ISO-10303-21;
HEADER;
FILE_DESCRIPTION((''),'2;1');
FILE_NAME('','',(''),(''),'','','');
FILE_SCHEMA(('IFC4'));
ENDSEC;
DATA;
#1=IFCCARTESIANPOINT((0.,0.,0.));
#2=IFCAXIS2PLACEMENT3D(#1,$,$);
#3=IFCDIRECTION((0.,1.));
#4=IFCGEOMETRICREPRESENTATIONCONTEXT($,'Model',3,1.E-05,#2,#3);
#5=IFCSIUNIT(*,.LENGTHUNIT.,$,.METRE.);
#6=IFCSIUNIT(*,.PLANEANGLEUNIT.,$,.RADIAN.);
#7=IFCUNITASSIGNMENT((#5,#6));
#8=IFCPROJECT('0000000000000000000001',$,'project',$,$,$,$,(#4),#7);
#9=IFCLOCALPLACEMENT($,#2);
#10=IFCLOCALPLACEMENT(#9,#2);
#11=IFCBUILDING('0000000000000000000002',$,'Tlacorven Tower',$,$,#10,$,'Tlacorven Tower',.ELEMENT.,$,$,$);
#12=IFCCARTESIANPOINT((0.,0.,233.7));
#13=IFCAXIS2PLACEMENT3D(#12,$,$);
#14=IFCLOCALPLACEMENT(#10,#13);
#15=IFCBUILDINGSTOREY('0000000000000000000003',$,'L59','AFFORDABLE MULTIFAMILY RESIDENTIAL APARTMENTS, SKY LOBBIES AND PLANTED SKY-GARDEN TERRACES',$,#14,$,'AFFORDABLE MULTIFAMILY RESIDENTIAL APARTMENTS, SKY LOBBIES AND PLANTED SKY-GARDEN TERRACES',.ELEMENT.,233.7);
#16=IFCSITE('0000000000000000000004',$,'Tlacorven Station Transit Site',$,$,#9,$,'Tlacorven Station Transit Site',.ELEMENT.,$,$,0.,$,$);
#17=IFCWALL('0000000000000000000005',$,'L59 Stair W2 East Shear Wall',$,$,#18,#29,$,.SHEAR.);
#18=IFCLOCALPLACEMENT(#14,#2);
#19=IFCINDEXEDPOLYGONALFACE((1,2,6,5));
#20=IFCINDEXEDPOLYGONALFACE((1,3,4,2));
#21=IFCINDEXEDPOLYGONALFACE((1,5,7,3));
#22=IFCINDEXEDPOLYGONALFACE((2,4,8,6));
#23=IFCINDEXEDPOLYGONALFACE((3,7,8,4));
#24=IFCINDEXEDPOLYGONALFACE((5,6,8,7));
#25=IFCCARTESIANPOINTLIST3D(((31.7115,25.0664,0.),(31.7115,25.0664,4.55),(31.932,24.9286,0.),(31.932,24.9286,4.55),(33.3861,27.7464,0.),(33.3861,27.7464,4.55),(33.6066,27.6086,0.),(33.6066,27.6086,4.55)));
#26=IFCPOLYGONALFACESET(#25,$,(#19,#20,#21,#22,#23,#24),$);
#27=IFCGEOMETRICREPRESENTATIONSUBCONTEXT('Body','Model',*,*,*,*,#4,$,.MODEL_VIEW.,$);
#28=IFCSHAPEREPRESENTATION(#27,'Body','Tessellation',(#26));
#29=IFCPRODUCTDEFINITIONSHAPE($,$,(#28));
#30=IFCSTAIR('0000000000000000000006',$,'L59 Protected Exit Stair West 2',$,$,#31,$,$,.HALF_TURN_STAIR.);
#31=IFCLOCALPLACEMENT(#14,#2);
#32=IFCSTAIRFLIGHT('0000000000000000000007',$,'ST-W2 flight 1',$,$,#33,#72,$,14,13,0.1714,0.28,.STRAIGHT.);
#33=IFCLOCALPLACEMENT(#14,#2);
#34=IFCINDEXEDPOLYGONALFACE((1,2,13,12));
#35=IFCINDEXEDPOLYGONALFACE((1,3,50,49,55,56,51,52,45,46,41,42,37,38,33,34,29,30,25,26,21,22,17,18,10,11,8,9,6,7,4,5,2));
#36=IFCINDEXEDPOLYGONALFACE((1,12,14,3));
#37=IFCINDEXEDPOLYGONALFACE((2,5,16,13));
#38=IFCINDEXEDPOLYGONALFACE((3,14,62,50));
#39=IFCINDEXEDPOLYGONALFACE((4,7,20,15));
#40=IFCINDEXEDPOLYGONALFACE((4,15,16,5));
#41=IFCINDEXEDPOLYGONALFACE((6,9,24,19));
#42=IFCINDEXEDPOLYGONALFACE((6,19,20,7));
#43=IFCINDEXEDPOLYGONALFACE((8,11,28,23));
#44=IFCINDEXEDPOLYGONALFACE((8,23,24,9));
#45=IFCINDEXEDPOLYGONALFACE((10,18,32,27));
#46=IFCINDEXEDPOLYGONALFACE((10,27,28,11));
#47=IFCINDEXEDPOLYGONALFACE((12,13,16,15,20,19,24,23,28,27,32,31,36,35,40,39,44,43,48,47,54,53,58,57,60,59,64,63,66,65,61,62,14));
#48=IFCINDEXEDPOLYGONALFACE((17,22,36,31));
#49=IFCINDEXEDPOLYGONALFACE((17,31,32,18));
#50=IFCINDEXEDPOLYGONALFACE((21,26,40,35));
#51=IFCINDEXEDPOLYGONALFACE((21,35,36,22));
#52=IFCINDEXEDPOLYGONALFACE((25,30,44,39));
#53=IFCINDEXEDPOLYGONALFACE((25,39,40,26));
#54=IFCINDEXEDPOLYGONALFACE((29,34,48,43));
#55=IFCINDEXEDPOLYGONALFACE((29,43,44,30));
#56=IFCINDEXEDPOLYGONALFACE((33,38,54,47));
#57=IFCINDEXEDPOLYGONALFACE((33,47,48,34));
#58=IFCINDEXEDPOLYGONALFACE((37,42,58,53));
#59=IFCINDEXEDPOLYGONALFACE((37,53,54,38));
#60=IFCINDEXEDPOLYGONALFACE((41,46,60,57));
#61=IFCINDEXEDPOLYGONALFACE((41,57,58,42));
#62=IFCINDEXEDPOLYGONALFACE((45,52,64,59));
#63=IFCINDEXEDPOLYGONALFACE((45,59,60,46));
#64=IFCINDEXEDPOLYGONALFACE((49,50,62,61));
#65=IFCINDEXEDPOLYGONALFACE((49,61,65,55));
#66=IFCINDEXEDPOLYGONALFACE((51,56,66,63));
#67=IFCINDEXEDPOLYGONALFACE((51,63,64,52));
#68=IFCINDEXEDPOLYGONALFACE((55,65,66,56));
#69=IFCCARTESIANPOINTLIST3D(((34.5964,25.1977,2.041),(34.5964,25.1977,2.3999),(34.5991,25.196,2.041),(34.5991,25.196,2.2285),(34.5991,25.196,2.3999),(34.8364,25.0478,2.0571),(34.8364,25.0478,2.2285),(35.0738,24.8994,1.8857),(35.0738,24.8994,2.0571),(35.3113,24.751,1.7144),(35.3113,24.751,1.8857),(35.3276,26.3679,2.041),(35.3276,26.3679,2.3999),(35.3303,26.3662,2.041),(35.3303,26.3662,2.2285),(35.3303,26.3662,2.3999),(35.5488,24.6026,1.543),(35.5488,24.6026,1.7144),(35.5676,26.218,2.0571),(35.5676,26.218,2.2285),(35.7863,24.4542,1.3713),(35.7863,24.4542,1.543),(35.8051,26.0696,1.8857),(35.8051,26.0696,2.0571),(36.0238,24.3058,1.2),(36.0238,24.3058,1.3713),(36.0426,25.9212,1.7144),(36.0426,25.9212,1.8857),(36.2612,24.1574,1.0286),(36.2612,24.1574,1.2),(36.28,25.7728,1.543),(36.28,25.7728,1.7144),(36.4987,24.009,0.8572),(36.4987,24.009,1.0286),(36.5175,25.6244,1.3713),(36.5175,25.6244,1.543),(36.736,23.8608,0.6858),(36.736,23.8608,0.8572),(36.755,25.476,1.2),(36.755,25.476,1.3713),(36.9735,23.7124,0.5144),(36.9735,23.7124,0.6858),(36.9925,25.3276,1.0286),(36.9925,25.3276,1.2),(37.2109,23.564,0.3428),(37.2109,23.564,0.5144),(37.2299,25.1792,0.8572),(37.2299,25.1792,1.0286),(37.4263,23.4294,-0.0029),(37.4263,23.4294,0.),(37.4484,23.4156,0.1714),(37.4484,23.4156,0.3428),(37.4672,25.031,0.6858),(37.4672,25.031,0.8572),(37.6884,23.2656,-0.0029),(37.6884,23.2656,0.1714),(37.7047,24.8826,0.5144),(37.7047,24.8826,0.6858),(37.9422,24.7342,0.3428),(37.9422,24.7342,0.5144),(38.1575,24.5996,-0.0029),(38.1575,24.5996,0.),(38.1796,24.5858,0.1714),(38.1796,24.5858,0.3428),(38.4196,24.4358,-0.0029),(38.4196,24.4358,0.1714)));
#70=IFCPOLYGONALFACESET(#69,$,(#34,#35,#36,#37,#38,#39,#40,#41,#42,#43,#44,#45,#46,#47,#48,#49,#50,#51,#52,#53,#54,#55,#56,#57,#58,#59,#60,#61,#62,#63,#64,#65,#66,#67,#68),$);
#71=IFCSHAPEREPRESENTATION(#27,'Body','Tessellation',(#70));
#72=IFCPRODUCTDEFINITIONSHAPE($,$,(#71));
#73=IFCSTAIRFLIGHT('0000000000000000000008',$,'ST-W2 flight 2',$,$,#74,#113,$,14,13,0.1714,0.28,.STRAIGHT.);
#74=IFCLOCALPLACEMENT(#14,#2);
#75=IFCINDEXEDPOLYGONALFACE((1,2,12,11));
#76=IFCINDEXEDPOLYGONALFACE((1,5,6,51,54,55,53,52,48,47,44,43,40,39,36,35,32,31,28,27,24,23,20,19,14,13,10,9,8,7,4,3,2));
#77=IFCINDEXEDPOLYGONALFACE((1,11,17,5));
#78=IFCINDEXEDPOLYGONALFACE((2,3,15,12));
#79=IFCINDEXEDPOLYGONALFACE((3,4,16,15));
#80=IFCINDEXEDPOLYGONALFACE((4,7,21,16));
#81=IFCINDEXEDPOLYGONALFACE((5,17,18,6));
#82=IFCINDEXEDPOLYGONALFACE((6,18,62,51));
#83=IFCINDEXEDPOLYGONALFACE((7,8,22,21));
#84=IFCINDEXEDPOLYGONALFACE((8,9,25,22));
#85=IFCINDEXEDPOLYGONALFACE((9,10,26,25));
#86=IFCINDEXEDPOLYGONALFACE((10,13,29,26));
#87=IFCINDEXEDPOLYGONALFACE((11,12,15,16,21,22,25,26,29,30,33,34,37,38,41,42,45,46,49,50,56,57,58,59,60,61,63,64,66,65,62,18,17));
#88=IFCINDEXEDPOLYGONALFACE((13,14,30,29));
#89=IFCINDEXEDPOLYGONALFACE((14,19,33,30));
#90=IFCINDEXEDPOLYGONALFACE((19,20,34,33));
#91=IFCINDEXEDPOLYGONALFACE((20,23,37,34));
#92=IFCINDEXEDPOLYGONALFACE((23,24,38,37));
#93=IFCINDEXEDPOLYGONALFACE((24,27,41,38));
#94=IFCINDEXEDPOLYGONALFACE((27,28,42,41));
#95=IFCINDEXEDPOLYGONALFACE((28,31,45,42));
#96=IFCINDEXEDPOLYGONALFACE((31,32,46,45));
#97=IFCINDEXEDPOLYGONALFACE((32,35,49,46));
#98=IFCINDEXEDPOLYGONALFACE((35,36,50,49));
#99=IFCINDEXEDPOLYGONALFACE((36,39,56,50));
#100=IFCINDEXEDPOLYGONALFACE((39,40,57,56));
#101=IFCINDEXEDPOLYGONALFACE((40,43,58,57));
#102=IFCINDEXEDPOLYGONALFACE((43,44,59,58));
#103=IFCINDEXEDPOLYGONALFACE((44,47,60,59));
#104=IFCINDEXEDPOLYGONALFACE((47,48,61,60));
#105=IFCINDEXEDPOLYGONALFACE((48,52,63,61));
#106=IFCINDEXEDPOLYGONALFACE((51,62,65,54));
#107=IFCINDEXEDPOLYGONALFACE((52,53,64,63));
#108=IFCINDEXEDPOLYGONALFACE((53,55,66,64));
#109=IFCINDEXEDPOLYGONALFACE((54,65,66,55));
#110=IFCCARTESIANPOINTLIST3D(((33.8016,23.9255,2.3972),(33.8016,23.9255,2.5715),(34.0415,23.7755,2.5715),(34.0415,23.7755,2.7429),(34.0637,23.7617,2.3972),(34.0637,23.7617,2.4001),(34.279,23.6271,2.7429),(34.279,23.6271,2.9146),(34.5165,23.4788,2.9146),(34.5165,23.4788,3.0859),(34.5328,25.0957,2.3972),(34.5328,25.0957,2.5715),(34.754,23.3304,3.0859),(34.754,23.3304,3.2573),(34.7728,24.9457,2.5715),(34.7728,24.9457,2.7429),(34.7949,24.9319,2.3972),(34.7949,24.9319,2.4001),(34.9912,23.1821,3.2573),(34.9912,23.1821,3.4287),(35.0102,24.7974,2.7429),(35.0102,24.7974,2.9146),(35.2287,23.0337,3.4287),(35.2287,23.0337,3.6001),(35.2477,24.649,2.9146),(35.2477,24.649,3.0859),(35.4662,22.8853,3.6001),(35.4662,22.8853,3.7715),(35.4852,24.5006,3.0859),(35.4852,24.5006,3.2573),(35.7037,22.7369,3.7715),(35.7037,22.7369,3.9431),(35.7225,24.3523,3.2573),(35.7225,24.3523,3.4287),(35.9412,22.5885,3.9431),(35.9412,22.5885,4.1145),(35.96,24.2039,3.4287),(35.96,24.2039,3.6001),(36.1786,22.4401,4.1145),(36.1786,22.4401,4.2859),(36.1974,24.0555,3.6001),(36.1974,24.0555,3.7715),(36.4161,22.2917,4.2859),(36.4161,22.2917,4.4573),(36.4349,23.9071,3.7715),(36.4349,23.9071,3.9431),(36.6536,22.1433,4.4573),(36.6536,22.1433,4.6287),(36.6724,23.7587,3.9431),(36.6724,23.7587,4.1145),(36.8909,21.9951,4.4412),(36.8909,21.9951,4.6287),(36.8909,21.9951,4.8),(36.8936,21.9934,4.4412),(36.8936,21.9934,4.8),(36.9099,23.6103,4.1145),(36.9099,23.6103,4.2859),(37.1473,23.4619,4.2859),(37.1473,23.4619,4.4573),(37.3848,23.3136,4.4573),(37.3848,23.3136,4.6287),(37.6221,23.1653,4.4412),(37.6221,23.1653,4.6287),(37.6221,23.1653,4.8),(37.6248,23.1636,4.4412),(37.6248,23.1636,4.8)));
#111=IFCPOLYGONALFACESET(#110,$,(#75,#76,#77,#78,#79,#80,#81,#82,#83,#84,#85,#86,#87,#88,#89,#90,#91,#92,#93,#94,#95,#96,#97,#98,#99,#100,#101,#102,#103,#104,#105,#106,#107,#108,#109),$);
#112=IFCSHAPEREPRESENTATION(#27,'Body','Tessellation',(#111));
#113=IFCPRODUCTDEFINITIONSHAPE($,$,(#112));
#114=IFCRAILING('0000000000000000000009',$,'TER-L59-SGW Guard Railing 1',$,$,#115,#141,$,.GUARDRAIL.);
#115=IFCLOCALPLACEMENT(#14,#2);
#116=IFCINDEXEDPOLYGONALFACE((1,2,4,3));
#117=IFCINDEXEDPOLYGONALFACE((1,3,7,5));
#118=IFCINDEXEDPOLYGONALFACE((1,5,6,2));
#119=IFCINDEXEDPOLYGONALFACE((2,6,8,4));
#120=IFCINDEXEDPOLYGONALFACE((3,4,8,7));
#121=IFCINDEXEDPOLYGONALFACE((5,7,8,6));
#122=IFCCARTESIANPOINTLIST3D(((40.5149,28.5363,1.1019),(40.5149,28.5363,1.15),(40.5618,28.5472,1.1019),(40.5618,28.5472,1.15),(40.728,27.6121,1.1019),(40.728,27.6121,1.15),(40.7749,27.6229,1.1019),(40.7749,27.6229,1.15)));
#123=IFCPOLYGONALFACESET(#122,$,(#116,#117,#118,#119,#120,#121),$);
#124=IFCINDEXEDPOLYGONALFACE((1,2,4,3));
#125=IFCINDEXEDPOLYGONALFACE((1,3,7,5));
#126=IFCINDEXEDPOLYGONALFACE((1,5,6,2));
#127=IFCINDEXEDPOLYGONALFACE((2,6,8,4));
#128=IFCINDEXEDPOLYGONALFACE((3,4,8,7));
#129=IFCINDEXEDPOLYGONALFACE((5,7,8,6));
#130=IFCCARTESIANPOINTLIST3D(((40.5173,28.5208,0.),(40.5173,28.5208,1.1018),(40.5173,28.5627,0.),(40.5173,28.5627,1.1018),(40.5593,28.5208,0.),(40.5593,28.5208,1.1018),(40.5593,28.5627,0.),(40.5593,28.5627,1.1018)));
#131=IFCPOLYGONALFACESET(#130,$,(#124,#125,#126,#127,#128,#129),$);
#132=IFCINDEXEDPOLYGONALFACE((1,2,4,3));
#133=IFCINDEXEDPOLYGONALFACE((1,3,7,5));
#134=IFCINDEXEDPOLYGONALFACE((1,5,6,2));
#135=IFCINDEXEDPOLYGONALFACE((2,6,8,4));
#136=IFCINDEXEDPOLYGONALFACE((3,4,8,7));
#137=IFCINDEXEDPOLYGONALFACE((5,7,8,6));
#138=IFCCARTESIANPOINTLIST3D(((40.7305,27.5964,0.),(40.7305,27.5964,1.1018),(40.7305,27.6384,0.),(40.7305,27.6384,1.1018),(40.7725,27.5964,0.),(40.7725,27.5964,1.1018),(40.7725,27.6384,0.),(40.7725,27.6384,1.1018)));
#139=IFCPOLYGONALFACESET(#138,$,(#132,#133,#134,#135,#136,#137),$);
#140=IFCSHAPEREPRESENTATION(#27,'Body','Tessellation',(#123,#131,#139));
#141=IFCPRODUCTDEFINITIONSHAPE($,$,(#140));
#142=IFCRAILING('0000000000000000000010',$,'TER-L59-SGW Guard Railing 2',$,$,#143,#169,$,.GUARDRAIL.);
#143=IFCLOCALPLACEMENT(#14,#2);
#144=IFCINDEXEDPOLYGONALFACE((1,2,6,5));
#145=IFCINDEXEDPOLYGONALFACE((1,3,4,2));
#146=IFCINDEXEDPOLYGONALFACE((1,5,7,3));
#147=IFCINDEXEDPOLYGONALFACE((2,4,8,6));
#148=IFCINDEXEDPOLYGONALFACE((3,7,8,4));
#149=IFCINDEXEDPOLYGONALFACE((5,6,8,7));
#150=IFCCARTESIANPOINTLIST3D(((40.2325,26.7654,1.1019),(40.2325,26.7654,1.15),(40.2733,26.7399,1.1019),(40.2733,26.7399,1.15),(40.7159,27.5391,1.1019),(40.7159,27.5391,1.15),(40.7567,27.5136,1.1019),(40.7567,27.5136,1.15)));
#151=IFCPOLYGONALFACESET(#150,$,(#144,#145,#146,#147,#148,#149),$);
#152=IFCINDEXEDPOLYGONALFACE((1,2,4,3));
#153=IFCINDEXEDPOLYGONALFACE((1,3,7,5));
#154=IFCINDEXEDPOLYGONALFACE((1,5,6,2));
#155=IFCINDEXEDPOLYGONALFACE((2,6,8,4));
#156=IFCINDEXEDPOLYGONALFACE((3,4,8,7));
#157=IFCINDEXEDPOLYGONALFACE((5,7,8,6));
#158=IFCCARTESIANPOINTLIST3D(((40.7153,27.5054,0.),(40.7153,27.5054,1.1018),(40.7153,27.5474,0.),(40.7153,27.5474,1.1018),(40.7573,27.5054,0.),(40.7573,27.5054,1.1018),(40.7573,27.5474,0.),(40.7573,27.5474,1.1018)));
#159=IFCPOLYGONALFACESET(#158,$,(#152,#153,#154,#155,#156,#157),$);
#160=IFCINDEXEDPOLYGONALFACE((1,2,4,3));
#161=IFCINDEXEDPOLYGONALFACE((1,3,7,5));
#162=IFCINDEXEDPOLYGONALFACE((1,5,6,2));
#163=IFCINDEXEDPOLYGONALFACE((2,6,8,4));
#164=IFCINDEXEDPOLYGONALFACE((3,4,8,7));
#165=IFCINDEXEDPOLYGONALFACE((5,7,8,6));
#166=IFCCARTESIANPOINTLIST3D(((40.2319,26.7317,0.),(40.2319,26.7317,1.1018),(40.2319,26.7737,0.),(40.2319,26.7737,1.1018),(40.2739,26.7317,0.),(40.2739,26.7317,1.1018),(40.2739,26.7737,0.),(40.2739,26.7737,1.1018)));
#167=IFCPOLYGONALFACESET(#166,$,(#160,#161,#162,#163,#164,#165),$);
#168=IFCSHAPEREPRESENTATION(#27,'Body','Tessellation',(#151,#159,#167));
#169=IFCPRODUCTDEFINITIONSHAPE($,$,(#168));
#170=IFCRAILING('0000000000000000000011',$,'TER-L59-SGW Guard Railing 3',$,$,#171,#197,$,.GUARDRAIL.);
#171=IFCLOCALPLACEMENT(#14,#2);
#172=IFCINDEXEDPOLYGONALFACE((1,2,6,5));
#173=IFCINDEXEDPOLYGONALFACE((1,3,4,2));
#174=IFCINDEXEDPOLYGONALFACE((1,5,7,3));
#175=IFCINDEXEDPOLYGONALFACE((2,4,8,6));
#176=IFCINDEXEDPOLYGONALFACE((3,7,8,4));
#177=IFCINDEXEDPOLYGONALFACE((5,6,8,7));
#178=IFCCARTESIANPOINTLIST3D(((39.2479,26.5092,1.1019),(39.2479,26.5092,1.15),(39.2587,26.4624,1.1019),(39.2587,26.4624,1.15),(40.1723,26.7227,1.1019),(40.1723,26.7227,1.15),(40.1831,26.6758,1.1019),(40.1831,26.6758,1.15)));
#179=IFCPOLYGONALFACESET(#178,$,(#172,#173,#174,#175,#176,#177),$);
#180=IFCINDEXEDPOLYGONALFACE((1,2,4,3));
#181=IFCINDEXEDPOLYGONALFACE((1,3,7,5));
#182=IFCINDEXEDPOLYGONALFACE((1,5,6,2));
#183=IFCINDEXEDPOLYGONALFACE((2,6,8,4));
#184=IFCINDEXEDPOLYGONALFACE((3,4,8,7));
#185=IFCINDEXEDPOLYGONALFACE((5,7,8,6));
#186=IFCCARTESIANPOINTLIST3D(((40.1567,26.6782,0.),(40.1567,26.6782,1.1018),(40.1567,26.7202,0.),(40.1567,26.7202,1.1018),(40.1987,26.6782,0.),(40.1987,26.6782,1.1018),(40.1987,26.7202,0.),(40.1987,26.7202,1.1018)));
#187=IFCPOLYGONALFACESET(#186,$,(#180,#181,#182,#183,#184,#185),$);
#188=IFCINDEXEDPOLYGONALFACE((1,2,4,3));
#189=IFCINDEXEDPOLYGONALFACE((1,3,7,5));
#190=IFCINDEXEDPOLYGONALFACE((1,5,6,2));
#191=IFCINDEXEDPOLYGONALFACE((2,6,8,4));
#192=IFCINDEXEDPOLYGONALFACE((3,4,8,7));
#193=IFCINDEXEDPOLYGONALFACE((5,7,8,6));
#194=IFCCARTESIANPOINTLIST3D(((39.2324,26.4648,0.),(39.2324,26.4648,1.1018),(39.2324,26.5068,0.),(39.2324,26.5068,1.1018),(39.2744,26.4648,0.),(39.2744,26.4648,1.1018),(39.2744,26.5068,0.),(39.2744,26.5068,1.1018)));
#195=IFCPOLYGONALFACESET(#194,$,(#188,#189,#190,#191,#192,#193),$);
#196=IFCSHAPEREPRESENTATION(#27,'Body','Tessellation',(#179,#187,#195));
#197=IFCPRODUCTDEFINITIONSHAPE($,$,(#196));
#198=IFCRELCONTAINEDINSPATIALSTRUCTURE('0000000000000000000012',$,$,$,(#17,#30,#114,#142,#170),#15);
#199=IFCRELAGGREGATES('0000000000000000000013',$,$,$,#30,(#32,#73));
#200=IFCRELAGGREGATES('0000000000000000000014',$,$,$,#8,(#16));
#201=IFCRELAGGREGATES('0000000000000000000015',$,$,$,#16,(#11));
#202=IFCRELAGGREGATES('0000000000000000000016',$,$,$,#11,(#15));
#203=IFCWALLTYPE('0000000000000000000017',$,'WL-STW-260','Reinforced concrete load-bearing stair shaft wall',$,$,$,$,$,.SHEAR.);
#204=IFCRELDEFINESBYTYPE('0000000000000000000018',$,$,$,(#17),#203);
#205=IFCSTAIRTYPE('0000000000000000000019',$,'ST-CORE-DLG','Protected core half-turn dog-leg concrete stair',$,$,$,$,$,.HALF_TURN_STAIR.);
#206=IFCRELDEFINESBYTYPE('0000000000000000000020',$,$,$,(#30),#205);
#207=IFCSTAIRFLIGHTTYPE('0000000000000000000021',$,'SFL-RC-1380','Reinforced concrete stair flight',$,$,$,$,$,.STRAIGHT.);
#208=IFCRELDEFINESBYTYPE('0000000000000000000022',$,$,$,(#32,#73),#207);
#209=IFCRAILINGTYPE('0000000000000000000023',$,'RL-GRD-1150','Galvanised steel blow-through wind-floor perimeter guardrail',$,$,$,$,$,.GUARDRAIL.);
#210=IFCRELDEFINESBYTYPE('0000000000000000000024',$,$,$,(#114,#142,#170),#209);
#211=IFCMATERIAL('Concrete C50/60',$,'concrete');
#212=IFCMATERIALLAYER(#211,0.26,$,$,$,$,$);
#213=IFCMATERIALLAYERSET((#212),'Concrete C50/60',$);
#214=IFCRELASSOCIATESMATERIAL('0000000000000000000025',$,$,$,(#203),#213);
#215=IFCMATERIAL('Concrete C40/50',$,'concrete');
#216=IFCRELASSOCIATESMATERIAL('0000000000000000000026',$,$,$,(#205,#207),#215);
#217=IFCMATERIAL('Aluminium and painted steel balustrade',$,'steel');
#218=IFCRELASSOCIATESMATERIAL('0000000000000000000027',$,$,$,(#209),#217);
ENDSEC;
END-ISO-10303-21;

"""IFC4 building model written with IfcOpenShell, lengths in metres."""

from ifc_helpers import new_model, si_unit, direction, frame, frame_2d, origin, origin_2d, place, context, subcontext, project, spatial, polyline, rectangle, outline, extrude, source, transform, mapped, material, layer, layer_set, type_object, element, aggregate, save


model = new_model("IFC4")

# Units and contexts
model_context = context("Model", 3, precision=1e-05, world=origin(), true_north=direction((0.0, 1.0)))
body_context = subcontext(model_context, "Body", "Model", "MODEL_VIEW")
ifc_project = project(units=[si_unit("LENGTHUNIT", "METRE"), si_unit("PLANEANGLEUNIT", "RADIAN")], contexts=[model_context])

# Site, building, storey
site_placement = place(None, origin())
site = spatial("IfcSite", under=ifc_project, at=site_placement, Name="Tlacorven Station Transit Site", LongName="Tlacorven Station Transit Site", CompositionType="ELEMENT", RefElevation=0.0)
building_placement = place(site_placement, origin())
building = spatial("IfcBuilding", under=site, at=building_placement, Name="Tlacorven Tower", LongName="Tlacorven Tower", CompositionType="ELEMENT")
storey_placement = place(building_placement, frame((0.0, 0.0, 233.7)))
storey = spatial("IfcBuildingStorey", under=building, at=storey_placement, Name="L59", Description="AFFORDABLE MULTIFAMILY RESIDENTIAL APARTMENTS, SKY LOBBIES AND PLANTED SKY-GARDEN TERRACES", LongName="AFFORDABLE MULTIFAMILY RESIDENTIAL APARTMENTS, SKY LOBBIES AND PLANTED SKY-GARDEN TERRACES", CompositionType="ELEMENT", Elevation=233.7)

# Wall
ifc_material_1 = material(Name="Concrete C50/60", Category="concrete")
ifc_layer_1 = layer(ifc_material_1, 0.26)
ifc_layer_set_1 = layer_set([ifc_layer_1], Name="Concrete C50/60")
wall_type_1 = type_object("IfcWallType", Name="WL-STW-260", Description="Reinforced concrete load-bearing stair shaft wall", PredefinedType="SHEAR", material=ifc_layer_set_1)
wall_1_placement = place(storey_placement, frame((33.4963, 27.6775, 0.0), z_axis=(0.0, 0.0, 1.0), x_axis=(-0.529909, -0.848055, 0.0)))
element("IfcWall", 1, at=wall_1_placement, inside=storey, type_object=wall_type_1, Name="L59 Stair W2 East Shear Wall", PredefinedType="SHEAR", context=body_context, shape_type="SweptSolid", body=[
    extrude(rectangle(XDim=3.1602, YDim=0.26, at=frame_2d((1.5801, 0.0))), origin(), (0.0, 0.0, 1.0), 4.55),
])

# Stair, stair flights
ifc_material_2 = material(Name="Concrete C40/50", Category="concrete")
stair_type = type_object("IfcStairType", Name="ST-CORE-DLG", Description="Protected core half-turn dog-leg concrete stair", PredefinedType="HALF_TURN_STAIR", material=ifc_material_2)
stair_placement = place(storey_placement, origin())
stair = element("IfcStair", 2, at=stair_placement, inside=storey, type_object=stair_type, Name="L59 Protected Exit Stair West 2", PredefinedType="HALF_TURN_STAIR")
stair_flight_type = type_object("IfcStairFlightType", Name="SFL-RC-1380", Description="Reinforced concrete stair flight", PredefinedType="STRAIGHT", material=ifc_material_2)
shared_shape_1 = source(origin(), body_context, "Body", "SweptSolid", [
    extrude(outline(polyline([(-0.0029, -0.0029), (-0.0029, 0.1714), (0.28, 0.1714), (0.28, 0.3428), (0.5601, 0.3428), (0.5601, 0.5144), (0.8401, 0.5144), (0.8401, 0.6858), (1.1201, 0.6858), (1.1201, 0.8572), (1.3999, 0.8572), (1.3999, 1.0286), (1.6799, 1.0286), (1.6799, 1.2), (1.96, 1.2), (1.96, 1.3713), (2.24, 1.3713), (2.24, 1.543), (2.52, 1.543), (2.52, 1.7144), (2.8, 1.7144), (2.8, 1.8857), (3.0801, 1.8857), (3.0801, 2.0571), (3.3601, 2.0571), (3.3601, 2.2285), (3.6399, 2.2285), (3.6399, 2.3999), (3.6431, 2.3999), (3.6431, 2.041), (3.6399, 2.041), (0.3062, 0.0), (0.3062, -0.0029), (-0.0029, -0.0029)])), frame((0.0, 0.6899, 0.0), z_axis=(0.0, -1.0, 0.0), x_axis=(1.0, 0.0, 0.0)), (0.0, 0.0, 1.0), 1.3799),
])
stair_flight_1_placement = place(storey_placement, frame((38.0515, 23.8523, 0.0), z_axis=(0.0, 0.0, 1.0), x_axis=(-0.848048, 0.529919, 0.0)))
stair_flight_1 = element("IfcStairFlight", 3, at=stair_flight_1_placement, type_object=stair_flight_type, Name="ST-W2 flight 1", NumberOfRisers=14, NumberOfTreads=13, PredefinedType="STRAIGHT", RiserHeight=0.1714, TreadLength=0.28, context=body_context, shape_type="MappedRepresentation", body=[
    mapped(shared_shape_1, transform((0.0, 0.0, 0.0), scale=1.0)),
])
stair_flight_2_placement = place(storey_placement, frame((34.1697, 24.509, 2.4001), z_axis=(0.0, 0.0, 1.0), x_axis=(0.848048, -0.529919, 0.0)))
stair_flight_2 = element("IfcStairFlight", 4, at=stair_flight_2_placement, type_object=stair_flight_type, Name="ST-W2 flight 2", NumberOfRisers=14, NumberOfTreads=13, PredefinedType="STRAIGHT", RiserHeight=0.1714, TreadLength=0.28, context=body_context, shape_type="MappedRepresentation", body=[
    mapped(shared_shape_1, transform((0.0, 0.0, 0.0), scale=1.0)),
])
aggregate(stair, [stair_flight_1, stair_flight_2])

# Railings
ifc_material_3 = material(Name="Aluminium and painted steel balustrade", Category="steel")
railing_type_1 = type_object("IfcRailingType", Name="RL-GRD-1150", Description="Galvanised steel blow-through wind-floor perimeter guardrail", PredefinedType="GUARDRAIL", material=ifc_material_3)
shared_shape_2 = source(origin(), body_context, "Body", "SweptSolid", [
    extrude(rectangle(XDim=0.0481, YDim=0.0481, at=origin_2d()), frame((0.0, 0.0, 1.126), z_axis=(0.22469, -0.97443, 0.0), x_axis=(0.97443, 0.22469, 0.0)), (0.0, 0.0, 1.0), 0.9485),
    extrude(rectangle(XDim=0.042, YDim=0.042, at=origin_2d()), origin(), (0.0, 0.0, 1.0), 1.1018),
    extrude(rectangle(XDim=0.042, YDim=0.042, at=origin_2d()), frame((0.2131, -0.9243, 0.0)), (0.0, 0.0, 1.0), 1.1018),
])
railing_1_placement = place(storey_placement, frame((40.5383, 28.5417, 0.0)))
element("IfcRailing", 5, at=railing_1_placement, inside=storey, type_object=railing_type_1, Name="TER-L59-SGW Guard Railing 1", PredefinedType="GUARDRAIL", context=body_context, shape_type="MappedRepresentation", body=[
    mapped(shared_shape_2, transform((0.0, 0.0, 0.0), scale=1.0)),
])
shared_shape_3 = source(origin(), body_context, "Body", "SweptSolid", [
    extrude(rectangle(XDim=0.0481, YDim=0.0481, at=origin_2d()), frame((0.0, 0.0, 1.126), z_axis=(-0.529879, -0.848073, 0.0), x_axis=(0.848073, -0.529879, 0.0)), (0.0, 0.0, 1.0), 0.9124),
    extrude(rectangle(XDim=0.042, YDim=0.042, at=origin_2d()), origin(), (0.0, 0.0, 1.0), 1.1018),
    extrude(rectangle(XDim=0.042, YDim=0.042, at=origin_2d()), frame((-0.4834, -0.7737, 0.0)), (0.0, 0.0, 1.0), 1.1018),
])
railing_2_placement = place(storey_placement, frame((40.7363, 27.5264, 0.0)))
element("IfcRailing", 6, at=railing_2_placement, inside=storey, type_object=railing_type_1, Name="TER-L59-SGW Guard Railing 2", PredefinedType="GUARDRAIL", context=body_context, shape_type="MappedRepresentation", body=[
    mapped(shared_shape_3, transform((0.0, 0.0, 0.0), scale=1.0)),
])
shared_shape_4 = source(origin(), body_context, "Body", "SweptSolid", [
    extrude(rectangle(XDim=0.0481, YDim=0.0481, at=origin_2d()), frame((0.0, 0.0, 1.126), z_axis=(-0.974374, -0.224935, 0.0), x_axis=(0.224935, -0.974374, 0.0)), (0.0, 0.0, 1.0), 0.9487),
    extrude(rectangle(XDim=0.042, YDim=0.042, at=origin_2d()), origin(), (0.0, 0.0, 1.0), 1.1018),
    extrude(rectangle(XDim=0.042, YDim=0.042, at=origin_2d()), frame((-0.9243, -0.2134, 0.0)), (0.0, 0.0, 1.0), 1.1018),
])
railing_3_placement = place(storey_placement, frame((40.1777, 26.6992, 0.0)))
element("IfcRailing", 7, at=railing_3_placement, inside=storey, type_object=railing_type_1, Name="TER-L59-SGW Guard Railing 3", PredefinedType="GUARDRAIL", context=body_context, shape_type="MappedRepresentation", body=[
    mapped(shared_shape_4, transform((0.0, 0.0, 0.0), scale=1.0)),
])

save(model, "model.ifc")
